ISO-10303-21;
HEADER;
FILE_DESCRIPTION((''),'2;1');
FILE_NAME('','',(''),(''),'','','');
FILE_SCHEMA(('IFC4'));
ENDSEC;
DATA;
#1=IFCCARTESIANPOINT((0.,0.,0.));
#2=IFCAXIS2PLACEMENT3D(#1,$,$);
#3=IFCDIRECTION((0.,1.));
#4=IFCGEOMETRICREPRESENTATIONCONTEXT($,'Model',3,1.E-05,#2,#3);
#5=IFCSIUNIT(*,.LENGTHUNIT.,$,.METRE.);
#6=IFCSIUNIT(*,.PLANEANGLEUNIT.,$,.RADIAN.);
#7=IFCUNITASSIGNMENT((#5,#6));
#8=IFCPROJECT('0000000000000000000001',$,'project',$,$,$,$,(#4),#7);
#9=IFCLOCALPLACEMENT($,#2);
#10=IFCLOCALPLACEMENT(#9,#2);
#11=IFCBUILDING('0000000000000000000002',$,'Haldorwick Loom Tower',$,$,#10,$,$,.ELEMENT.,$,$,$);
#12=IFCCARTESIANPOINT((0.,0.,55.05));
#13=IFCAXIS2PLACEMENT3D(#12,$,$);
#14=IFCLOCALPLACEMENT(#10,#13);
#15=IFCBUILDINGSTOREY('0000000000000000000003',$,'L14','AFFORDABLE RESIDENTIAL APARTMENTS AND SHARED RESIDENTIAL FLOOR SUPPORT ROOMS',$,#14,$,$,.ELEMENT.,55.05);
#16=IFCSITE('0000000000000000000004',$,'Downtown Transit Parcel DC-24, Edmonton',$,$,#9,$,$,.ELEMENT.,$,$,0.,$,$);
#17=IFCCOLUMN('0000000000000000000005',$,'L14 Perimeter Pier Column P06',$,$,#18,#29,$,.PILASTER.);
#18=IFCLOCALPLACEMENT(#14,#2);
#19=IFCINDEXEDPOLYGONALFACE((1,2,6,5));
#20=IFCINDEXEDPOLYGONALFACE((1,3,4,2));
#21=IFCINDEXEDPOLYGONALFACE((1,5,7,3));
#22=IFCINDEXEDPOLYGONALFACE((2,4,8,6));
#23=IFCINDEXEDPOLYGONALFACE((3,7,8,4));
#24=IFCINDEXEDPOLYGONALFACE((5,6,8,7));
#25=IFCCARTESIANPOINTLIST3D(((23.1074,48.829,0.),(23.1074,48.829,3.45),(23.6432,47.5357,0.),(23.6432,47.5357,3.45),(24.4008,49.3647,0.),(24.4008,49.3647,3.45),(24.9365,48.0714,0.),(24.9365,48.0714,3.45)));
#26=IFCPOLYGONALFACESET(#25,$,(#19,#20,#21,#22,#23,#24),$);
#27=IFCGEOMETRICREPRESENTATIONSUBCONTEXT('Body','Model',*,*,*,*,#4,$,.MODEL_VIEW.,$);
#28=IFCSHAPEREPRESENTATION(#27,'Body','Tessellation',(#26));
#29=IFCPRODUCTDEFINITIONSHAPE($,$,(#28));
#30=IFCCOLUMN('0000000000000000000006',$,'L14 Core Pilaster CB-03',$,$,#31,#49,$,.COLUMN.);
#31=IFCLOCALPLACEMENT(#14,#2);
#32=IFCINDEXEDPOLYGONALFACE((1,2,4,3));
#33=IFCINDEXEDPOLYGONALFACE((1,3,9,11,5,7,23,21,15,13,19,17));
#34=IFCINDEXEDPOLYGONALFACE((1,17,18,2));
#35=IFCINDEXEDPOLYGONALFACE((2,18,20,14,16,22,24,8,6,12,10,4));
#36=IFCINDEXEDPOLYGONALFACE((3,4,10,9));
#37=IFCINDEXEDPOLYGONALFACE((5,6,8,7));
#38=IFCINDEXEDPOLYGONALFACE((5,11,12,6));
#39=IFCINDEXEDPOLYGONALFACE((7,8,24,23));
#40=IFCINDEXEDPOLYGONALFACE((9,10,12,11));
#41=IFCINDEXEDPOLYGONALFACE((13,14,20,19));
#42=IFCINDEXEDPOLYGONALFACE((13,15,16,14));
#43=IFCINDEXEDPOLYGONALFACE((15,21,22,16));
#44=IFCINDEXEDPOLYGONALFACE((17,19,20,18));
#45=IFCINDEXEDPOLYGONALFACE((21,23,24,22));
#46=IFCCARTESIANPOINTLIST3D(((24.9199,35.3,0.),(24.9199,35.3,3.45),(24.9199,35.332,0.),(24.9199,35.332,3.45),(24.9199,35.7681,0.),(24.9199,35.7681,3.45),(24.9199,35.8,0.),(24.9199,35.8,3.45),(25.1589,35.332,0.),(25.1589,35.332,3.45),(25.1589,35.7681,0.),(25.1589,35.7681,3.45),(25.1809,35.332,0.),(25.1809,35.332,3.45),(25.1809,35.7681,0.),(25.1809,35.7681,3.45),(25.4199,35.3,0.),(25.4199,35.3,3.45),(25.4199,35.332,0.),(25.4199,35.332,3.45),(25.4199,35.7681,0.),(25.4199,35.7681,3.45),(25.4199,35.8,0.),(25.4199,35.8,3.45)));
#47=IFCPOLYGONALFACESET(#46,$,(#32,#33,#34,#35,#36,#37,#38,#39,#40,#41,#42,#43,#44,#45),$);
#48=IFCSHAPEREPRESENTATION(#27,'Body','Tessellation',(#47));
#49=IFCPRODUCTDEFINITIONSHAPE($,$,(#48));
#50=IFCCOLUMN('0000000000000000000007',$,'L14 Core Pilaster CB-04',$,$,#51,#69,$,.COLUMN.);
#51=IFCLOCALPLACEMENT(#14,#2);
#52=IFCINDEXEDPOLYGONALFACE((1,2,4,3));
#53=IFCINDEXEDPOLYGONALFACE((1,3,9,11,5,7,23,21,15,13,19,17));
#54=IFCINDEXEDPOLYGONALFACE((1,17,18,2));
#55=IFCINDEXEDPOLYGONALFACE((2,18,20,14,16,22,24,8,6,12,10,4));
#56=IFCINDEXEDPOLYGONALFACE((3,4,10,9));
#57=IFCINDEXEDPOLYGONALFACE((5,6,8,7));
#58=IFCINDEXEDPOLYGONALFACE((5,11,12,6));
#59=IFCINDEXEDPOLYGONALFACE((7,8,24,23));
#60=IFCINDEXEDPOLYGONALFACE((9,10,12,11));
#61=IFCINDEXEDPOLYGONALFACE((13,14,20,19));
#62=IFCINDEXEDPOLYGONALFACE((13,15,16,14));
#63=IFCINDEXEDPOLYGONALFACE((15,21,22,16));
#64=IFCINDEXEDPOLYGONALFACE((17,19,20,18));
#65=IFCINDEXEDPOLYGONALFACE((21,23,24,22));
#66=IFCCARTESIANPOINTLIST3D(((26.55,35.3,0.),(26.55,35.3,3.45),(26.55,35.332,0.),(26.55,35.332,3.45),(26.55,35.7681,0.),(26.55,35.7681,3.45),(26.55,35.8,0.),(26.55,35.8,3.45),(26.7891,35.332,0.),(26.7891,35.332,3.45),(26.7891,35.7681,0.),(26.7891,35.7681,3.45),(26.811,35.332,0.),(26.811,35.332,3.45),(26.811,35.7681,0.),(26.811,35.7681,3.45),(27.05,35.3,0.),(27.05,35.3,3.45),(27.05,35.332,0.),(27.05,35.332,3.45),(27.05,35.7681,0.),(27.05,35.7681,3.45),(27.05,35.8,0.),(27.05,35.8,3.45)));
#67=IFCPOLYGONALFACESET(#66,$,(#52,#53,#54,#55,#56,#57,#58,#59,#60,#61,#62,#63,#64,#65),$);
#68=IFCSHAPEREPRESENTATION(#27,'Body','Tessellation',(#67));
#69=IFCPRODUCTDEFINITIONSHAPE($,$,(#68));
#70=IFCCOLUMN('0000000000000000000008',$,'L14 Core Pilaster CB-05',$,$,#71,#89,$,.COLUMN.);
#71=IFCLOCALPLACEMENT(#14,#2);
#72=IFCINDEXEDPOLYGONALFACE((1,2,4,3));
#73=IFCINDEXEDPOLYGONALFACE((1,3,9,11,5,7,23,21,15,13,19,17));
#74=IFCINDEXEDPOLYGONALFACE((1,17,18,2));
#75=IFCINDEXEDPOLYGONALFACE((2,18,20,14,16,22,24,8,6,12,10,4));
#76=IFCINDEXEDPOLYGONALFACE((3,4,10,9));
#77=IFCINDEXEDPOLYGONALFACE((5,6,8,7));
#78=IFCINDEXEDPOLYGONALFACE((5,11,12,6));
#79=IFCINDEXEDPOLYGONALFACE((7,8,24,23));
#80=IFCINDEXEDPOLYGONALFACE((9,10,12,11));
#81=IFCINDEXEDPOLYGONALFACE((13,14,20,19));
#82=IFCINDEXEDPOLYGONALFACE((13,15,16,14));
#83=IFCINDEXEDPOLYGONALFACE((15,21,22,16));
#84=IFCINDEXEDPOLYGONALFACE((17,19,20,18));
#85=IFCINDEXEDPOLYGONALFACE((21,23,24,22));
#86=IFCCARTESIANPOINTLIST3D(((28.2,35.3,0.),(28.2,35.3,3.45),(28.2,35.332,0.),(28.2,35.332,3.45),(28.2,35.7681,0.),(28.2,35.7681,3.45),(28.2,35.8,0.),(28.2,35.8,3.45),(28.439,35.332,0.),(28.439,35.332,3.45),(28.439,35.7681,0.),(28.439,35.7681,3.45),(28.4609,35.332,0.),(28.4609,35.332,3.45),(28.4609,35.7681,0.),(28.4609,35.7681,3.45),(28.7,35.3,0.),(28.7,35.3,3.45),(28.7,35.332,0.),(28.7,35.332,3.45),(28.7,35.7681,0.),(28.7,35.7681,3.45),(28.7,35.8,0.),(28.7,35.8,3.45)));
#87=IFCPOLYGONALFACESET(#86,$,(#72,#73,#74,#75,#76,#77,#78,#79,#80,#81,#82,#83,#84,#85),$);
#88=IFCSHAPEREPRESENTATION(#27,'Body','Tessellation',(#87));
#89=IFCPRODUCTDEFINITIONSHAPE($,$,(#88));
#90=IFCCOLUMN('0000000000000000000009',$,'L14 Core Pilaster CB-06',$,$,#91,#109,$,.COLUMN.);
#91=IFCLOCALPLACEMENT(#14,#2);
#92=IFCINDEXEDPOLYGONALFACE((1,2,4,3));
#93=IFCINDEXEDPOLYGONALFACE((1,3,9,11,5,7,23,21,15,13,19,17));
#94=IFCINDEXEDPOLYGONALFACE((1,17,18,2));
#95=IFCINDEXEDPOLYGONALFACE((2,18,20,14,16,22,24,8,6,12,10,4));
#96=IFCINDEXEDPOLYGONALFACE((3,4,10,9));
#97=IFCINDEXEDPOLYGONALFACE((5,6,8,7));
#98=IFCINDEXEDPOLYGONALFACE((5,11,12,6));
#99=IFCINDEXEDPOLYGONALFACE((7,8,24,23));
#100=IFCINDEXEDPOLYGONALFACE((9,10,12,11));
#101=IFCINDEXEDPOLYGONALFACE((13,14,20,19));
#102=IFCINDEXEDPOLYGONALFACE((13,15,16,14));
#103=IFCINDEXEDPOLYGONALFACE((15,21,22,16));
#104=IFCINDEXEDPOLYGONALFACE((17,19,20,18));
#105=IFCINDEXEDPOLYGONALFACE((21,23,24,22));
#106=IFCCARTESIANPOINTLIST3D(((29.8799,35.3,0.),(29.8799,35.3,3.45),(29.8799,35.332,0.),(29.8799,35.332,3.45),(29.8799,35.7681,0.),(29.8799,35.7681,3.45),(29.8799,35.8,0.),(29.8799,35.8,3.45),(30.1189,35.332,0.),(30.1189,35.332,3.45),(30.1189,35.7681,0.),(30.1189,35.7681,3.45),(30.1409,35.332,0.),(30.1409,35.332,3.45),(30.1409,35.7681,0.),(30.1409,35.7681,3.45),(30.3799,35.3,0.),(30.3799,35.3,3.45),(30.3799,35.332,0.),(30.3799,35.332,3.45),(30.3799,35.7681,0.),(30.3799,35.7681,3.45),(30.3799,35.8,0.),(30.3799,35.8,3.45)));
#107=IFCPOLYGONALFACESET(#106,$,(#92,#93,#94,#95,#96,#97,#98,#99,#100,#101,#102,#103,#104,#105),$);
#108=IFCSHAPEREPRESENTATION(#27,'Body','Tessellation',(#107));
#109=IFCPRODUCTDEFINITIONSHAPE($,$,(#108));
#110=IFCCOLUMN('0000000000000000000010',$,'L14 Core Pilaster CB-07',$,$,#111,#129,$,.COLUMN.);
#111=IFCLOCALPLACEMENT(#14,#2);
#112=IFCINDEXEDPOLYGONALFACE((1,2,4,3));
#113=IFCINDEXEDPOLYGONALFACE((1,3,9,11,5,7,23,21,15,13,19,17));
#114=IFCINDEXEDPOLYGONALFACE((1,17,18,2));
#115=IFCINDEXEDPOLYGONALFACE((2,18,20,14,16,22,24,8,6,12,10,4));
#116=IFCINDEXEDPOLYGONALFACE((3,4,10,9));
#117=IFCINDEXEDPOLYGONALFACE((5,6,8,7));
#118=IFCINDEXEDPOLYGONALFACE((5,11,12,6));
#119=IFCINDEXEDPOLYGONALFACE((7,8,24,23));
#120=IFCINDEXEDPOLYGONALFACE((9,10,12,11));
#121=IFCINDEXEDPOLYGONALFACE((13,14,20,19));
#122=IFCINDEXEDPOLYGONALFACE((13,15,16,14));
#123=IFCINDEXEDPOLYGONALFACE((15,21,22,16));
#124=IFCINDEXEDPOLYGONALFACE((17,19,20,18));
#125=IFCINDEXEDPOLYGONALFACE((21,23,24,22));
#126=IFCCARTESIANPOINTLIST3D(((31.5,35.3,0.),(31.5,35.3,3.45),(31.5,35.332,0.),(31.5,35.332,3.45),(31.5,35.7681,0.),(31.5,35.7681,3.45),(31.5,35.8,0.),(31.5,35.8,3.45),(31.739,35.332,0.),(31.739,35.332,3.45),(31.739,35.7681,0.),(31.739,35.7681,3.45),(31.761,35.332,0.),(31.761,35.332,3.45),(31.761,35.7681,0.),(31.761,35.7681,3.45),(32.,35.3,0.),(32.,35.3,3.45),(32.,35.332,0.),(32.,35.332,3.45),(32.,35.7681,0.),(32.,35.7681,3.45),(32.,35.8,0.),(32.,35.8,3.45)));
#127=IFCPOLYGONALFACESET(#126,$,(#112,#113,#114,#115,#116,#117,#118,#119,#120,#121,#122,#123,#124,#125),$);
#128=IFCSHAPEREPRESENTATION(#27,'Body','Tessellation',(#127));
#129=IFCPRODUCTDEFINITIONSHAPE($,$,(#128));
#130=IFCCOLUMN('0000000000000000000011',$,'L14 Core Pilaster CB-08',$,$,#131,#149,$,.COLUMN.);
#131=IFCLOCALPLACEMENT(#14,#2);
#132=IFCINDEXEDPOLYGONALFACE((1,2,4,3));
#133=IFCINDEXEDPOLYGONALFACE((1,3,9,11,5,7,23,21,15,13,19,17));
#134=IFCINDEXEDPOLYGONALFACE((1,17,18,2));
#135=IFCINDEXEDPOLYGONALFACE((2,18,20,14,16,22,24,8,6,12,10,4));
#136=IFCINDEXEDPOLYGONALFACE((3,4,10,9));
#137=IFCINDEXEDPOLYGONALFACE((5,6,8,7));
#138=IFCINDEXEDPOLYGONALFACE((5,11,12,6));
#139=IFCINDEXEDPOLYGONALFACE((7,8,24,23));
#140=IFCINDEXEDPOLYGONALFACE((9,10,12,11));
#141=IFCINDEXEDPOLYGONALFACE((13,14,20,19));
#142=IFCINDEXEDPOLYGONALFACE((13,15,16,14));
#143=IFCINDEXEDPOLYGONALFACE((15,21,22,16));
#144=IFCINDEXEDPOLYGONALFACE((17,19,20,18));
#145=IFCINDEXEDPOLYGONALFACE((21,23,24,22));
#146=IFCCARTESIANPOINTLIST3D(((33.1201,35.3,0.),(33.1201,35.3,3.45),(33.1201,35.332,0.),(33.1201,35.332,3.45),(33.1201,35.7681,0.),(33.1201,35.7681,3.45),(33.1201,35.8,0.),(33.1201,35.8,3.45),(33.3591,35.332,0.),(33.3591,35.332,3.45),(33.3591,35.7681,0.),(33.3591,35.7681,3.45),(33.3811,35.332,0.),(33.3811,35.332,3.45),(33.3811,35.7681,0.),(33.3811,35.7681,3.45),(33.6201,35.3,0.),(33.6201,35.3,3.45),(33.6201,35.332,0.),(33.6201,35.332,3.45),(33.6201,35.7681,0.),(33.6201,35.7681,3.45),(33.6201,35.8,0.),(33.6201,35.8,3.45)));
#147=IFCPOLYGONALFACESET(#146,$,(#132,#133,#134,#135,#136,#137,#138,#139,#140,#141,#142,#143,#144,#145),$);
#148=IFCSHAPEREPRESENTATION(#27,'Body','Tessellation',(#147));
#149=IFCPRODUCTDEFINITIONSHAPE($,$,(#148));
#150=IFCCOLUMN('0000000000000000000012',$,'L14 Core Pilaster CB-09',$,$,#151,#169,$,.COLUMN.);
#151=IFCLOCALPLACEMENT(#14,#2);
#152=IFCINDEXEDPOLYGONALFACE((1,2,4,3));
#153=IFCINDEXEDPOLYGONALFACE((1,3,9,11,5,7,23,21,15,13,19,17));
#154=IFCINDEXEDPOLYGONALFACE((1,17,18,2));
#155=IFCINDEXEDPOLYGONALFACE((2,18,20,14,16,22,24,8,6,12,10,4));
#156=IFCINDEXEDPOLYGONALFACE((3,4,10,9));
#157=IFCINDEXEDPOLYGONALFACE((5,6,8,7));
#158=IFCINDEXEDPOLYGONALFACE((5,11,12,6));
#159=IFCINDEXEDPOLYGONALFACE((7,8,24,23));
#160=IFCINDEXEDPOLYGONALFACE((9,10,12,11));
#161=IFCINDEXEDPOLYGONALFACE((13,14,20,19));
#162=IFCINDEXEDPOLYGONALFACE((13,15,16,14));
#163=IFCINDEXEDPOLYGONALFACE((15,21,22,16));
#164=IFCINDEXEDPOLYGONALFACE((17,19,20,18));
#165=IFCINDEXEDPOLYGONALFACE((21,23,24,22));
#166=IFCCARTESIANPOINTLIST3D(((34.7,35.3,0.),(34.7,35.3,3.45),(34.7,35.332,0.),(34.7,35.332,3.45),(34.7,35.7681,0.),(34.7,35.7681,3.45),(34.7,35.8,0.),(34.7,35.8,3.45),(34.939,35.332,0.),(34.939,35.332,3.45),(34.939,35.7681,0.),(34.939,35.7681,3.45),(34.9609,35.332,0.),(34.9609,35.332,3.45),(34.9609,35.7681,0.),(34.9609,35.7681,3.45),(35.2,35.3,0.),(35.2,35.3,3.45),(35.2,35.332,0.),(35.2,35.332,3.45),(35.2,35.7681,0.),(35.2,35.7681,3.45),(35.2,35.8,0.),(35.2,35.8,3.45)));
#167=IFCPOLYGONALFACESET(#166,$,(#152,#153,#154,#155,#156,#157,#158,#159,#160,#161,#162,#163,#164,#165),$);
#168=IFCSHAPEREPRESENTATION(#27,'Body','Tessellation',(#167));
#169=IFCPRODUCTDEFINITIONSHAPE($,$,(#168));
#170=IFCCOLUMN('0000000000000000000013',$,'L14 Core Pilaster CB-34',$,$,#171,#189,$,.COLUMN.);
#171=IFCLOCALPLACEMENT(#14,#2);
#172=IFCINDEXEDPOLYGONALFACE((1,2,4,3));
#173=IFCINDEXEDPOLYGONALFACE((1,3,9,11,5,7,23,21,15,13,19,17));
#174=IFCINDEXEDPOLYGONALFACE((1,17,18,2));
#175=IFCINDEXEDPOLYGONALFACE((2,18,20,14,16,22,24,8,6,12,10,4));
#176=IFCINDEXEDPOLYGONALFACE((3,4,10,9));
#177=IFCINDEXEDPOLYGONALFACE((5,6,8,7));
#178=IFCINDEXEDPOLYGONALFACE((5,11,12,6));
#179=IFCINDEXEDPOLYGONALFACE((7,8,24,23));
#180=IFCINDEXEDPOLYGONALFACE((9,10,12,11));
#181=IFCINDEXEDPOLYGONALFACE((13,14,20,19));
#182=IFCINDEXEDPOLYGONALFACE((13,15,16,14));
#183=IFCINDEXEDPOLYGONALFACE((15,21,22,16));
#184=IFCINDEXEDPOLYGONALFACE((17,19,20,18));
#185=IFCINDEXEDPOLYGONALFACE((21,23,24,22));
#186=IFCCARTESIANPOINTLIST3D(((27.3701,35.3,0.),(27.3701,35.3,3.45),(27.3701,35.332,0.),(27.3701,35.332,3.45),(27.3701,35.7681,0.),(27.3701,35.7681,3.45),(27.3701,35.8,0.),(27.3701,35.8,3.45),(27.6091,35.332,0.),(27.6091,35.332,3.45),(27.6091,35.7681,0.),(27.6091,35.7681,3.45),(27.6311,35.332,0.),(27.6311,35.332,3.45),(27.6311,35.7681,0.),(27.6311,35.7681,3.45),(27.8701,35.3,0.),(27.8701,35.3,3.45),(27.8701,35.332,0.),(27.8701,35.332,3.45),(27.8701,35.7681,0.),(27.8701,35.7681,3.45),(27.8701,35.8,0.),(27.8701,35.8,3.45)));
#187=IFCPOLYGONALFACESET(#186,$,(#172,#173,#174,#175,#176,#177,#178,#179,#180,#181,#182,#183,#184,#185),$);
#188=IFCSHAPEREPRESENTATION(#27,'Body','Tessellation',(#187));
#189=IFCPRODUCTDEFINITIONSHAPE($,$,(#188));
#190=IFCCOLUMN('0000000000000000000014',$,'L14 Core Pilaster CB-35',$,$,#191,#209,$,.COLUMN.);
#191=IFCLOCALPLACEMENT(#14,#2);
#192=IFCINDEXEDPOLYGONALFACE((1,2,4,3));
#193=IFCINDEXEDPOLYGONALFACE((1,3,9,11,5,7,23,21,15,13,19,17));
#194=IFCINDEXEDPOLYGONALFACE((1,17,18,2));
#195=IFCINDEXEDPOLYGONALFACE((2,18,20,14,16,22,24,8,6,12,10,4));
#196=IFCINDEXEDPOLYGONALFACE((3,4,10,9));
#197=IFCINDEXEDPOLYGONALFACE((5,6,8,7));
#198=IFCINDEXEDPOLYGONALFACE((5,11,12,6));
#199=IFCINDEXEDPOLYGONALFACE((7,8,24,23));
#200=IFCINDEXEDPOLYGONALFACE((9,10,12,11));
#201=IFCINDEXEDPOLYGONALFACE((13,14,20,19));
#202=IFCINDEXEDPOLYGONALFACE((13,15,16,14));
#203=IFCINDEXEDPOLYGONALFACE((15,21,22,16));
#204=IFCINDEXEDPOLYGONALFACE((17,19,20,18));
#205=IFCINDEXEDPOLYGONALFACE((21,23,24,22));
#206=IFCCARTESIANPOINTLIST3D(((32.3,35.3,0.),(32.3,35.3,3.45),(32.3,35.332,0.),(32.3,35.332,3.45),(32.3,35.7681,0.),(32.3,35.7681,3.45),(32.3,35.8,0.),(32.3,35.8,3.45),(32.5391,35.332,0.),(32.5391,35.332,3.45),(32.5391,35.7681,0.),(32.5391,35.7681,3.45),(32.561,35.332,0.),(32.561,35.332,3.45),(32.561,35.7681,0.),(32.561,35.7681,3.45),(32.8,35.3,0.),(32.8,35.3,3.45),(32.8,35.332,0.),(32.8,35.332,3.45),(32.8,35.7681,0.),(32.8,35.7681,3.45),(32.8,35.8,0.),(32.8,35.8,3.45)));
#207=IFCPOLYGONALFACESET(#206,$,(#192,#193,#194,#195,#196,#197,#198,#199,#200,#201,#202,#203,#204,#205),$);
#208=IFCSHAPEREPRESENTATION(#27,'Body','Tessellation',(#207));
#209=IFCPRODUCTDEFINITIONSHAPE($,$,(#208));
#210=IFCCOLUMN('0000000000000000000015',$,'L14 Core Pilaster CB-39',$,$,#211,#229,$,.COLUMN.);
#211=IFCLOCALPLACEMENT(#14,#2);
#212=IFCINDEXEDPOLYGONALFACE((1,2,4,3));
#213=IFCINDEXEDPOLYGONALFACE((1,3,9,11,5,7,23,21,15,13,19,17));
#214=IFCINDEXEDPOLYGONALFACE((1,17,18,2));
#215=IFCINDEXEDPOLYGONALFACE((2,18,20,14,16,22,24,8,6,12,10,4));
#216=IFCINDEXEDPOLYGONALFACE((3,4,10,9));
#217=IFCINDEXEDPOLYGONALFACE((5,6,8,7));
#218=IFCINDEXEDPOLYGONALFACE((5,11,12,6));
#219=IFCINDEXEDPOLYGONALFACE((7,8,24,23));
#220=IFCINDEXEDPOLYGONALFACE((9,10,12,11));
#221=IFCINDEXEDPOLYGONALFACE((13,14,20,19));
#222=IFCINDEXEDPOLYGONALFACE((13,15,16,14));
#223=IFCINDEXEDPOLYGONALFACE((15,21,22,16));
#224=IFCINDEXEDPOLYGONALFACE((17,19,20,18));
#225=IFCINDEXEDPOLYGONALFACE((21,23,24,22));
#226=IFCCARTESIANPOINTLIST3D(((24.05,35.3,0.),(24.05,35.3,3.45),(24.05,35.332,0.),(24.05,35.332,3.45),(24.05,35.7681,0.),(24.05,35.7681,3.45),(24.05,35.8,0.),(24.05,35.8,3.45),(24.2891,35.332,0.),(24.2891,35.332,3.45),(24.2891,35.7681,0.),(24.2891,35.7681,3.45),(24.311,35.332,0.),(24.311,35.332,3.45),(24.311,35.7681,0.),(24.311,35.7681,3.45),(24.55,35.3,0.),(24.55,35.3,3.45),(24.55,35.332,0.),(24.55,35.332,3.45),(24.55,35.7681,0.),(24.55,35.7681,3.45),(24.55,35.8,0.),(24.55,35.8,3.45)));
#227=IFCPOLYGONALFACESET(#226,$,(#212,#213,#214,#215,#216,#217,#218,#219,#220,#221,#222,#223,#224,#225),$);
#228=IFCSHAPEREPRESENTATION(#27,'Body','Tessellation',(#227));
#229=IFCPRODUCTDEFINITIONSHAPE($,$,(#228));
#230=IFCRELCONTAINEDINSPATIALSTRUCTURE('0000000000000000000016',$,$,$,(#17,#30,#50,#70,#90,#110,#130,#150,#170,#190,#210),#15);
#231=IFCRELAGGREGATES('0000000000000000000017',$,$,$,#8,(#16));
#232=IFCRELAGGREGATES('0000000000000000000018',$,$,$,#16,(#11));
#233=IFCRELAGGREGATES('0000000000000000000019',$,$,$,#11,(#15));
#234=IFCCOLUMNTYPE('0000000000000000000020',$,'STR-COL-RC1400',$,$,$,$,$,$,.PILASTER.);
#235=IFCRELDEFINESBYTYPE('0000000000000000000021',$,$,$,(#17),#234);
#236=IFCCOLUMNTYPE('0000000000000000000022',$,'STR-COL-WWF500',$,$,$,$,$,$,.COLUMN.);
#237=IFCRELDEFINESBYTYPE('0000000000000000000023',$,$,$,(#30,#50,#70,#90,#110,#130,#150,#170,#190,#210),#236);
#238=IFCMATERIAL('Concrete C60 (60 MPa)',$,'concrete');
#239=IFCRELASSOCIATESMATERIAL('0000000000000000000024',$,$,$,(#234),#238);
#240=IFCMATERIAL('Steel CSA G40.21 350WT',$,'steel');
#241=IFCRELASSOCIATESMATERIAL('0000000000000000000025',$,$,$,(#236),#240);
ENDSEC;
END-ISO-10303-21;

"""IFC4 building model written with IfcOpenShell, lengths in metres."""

from ifc_helpers import new_model, si_unit, direction, frame, origin, origin_2d, place, context, subcontext, project, spatial, rectangle, i_section, extrude, material, material_profile, profile_set, type_object, element, save


model = new_model("IFC4")

# Units and contexts
model_context = context("Model", 3, precision=1e-05, world=origin(), true_north=direction((0.0, 1.0)))
body_context = subcontext(model_context, "Body", "Model", "MODEL_VIEW")
ifc_project = project(units=[si_unit("LENGTHUNIT", "METRE"), si_unit("PLANEANGLEUNIT", "RADIAN")], contexts=[model_context])

# Site, building, storey
site_placement = place(None, origin())
site = spatial("IfcSite", under=ifc_project, at=site_placement, Name="Downtown Transit Parcel DC-24, Edmonton", CompositionType="ELEMENT", RefElevation=0.0)
building_placement = place(site_placement, origin())
building = spatial("IfcBuilding", under=site, at=building_placement, Name="Haldorwick Loom Tower", CompositionType="ELEMENT")
storey_placement = place(building_placement, frame((0.0, 0.0, 55.05)))
storey = spatial("IfcBuildingStorey", under=building, at=storey_placement, Name="L14", Description="AFFORDABLE RESIDENTIAL APARTMENTS AND SHARED RESIDENTIAL FLOOR SUPPORT ROOMS", CompositionType="ELEMENT", Elevation=55.05)

# Columns
ifc_material_1 = material(Name="Concrete C60 (60 MPa)", Category="concrete")
ifc_material_profile_1 = material_profile(ifc_material_1, rectangle(XDim=1.3999, YDim=1.3999, at=origin_2d()), Name="RC1400X1400", Category="concrete")
ifc_profile_set_1 = profile_set([ifc_material_profile_1], Name="Concrete C60 (60 MPa)")
column_type_1 = type_object("IfcColumnType", Name="STR-COL-RC1400", PredefinedType="PILASTER", material=ifc_profile_set_1)
column_placement = place(storey_placement, frame((24.022, 48.4502, 0.0), z_axis=(0.0, 0.0, 1.0), x_axis=(-0.382683, 0.92388, 0.0)))
element("IfcColumn", 1, at=column_placement, inside=storey, type_object=column_type_1, Name="L14 Perimeter Pier Column P06", PredefinedType="PILASTER", context=body_context, shape_type="SweptSolid", body=[
    extrude(rectangle(XDim=1.3999, YDim=1.3999, at=origin_2d()), origin(), (0.0, 0.0, 1.0), 3.45),
])
ifc_material_2 = material(Name="Steel CSA G40.21 350WT", Category="steel")
ifc_material_profile_2 = material_profile(ifc_material_2, i_section(OverallWidth=0.5, OverallDepth=0.5, WebThickness=0.022, FlangeThickness=0.032, at=origin_2d()), Name="WWF500X500", Category="steel")
ifc_profile_set_2 = profile_set([ifc_material_profile_2], Name="Steel CSA G40.21 350WT")
column_type_2 = type_object("IfcColumnType", Name="STR-COL-WWF500", PredefinedType="COLUMN", material=ifc_profile_set_2)
for number, where, z_axis, x_axis, name in (
    (2, (25.1699, 35.55, 0.0), (0.0, 0.0, 1.0), (1.0, 0.0, 0.0), "L14 Core Pilaster CB-03"),
    (3, (26.8, 35.55, 0.0), (0.0, 0.0, 1.0), (1.0, 0.0, 0.0), "L14 Core Pilaster CB-04"),
    (4, (28.45, 35.55, 0.0), (0.0, 0.0, 1.0), (1.0, 0.0, 0.0), "L14 Core Pilaster CB-05"),
    (5, (30.1299, 35.55, 0.0), (0.0, 0.0, 1.0), (1.0, 0.0, 0.0), "L14 Core Pilaster CB-06"),
    (6, (31.75, 35.55, 0.0), (0.0, 0.0, 1.0), (1.0, 0.0, 0.0), "L14 Core Pilaster CB-07"),
    (7, (33.3701, 35.55, 0.0), (0.0, 0.0, 1.0), (1.0, 0.0, 0.0), "L14 Core Pilaster CB-08"),
    (8, (34.95, 35.55, 0.0), (0.0, 0.0, 1.0), (1.0, 0.0, 0.0), "L14 Core Pilaster CB-09"),
    (9, (27.6201, 35.55, 0.0), (0.0, 0.0, 1.0), (1.0, 0.0, 0.0), "L14 Core Pilaster CB-34"),
    (10, (32.55, 35.55, 0.0), (0.0, 0.0, 1.0), (1.0, 0.0, 0.0), "L14 Core Pilaster CB-35"),
    (11, (24.3, 35.55, 0.0), (0.0, 0.0, 1.0), (1.0, 0.0, 0.0), "L14 Core Pilaster CB-39"),
):
    element("IfcColumn", number, at=place(storey_placement, frame(where, z_axis=z_axis, x_axis=x_axis)), inside=storey, type_object=column_type_2, Name=name, PredefinedType="COLUMN", context=body_context, shape_type="SweptSolid", body=[
        extrude(i_section(OverallWidth=0.5, OverallDepth=0.5, WebThickness=0.022, FlangeThickness=0.032, at=origin_2d()), origin(), (0.0, 0.0, 1.0), 3.45),
    ])

save(model, "model.ifc")
